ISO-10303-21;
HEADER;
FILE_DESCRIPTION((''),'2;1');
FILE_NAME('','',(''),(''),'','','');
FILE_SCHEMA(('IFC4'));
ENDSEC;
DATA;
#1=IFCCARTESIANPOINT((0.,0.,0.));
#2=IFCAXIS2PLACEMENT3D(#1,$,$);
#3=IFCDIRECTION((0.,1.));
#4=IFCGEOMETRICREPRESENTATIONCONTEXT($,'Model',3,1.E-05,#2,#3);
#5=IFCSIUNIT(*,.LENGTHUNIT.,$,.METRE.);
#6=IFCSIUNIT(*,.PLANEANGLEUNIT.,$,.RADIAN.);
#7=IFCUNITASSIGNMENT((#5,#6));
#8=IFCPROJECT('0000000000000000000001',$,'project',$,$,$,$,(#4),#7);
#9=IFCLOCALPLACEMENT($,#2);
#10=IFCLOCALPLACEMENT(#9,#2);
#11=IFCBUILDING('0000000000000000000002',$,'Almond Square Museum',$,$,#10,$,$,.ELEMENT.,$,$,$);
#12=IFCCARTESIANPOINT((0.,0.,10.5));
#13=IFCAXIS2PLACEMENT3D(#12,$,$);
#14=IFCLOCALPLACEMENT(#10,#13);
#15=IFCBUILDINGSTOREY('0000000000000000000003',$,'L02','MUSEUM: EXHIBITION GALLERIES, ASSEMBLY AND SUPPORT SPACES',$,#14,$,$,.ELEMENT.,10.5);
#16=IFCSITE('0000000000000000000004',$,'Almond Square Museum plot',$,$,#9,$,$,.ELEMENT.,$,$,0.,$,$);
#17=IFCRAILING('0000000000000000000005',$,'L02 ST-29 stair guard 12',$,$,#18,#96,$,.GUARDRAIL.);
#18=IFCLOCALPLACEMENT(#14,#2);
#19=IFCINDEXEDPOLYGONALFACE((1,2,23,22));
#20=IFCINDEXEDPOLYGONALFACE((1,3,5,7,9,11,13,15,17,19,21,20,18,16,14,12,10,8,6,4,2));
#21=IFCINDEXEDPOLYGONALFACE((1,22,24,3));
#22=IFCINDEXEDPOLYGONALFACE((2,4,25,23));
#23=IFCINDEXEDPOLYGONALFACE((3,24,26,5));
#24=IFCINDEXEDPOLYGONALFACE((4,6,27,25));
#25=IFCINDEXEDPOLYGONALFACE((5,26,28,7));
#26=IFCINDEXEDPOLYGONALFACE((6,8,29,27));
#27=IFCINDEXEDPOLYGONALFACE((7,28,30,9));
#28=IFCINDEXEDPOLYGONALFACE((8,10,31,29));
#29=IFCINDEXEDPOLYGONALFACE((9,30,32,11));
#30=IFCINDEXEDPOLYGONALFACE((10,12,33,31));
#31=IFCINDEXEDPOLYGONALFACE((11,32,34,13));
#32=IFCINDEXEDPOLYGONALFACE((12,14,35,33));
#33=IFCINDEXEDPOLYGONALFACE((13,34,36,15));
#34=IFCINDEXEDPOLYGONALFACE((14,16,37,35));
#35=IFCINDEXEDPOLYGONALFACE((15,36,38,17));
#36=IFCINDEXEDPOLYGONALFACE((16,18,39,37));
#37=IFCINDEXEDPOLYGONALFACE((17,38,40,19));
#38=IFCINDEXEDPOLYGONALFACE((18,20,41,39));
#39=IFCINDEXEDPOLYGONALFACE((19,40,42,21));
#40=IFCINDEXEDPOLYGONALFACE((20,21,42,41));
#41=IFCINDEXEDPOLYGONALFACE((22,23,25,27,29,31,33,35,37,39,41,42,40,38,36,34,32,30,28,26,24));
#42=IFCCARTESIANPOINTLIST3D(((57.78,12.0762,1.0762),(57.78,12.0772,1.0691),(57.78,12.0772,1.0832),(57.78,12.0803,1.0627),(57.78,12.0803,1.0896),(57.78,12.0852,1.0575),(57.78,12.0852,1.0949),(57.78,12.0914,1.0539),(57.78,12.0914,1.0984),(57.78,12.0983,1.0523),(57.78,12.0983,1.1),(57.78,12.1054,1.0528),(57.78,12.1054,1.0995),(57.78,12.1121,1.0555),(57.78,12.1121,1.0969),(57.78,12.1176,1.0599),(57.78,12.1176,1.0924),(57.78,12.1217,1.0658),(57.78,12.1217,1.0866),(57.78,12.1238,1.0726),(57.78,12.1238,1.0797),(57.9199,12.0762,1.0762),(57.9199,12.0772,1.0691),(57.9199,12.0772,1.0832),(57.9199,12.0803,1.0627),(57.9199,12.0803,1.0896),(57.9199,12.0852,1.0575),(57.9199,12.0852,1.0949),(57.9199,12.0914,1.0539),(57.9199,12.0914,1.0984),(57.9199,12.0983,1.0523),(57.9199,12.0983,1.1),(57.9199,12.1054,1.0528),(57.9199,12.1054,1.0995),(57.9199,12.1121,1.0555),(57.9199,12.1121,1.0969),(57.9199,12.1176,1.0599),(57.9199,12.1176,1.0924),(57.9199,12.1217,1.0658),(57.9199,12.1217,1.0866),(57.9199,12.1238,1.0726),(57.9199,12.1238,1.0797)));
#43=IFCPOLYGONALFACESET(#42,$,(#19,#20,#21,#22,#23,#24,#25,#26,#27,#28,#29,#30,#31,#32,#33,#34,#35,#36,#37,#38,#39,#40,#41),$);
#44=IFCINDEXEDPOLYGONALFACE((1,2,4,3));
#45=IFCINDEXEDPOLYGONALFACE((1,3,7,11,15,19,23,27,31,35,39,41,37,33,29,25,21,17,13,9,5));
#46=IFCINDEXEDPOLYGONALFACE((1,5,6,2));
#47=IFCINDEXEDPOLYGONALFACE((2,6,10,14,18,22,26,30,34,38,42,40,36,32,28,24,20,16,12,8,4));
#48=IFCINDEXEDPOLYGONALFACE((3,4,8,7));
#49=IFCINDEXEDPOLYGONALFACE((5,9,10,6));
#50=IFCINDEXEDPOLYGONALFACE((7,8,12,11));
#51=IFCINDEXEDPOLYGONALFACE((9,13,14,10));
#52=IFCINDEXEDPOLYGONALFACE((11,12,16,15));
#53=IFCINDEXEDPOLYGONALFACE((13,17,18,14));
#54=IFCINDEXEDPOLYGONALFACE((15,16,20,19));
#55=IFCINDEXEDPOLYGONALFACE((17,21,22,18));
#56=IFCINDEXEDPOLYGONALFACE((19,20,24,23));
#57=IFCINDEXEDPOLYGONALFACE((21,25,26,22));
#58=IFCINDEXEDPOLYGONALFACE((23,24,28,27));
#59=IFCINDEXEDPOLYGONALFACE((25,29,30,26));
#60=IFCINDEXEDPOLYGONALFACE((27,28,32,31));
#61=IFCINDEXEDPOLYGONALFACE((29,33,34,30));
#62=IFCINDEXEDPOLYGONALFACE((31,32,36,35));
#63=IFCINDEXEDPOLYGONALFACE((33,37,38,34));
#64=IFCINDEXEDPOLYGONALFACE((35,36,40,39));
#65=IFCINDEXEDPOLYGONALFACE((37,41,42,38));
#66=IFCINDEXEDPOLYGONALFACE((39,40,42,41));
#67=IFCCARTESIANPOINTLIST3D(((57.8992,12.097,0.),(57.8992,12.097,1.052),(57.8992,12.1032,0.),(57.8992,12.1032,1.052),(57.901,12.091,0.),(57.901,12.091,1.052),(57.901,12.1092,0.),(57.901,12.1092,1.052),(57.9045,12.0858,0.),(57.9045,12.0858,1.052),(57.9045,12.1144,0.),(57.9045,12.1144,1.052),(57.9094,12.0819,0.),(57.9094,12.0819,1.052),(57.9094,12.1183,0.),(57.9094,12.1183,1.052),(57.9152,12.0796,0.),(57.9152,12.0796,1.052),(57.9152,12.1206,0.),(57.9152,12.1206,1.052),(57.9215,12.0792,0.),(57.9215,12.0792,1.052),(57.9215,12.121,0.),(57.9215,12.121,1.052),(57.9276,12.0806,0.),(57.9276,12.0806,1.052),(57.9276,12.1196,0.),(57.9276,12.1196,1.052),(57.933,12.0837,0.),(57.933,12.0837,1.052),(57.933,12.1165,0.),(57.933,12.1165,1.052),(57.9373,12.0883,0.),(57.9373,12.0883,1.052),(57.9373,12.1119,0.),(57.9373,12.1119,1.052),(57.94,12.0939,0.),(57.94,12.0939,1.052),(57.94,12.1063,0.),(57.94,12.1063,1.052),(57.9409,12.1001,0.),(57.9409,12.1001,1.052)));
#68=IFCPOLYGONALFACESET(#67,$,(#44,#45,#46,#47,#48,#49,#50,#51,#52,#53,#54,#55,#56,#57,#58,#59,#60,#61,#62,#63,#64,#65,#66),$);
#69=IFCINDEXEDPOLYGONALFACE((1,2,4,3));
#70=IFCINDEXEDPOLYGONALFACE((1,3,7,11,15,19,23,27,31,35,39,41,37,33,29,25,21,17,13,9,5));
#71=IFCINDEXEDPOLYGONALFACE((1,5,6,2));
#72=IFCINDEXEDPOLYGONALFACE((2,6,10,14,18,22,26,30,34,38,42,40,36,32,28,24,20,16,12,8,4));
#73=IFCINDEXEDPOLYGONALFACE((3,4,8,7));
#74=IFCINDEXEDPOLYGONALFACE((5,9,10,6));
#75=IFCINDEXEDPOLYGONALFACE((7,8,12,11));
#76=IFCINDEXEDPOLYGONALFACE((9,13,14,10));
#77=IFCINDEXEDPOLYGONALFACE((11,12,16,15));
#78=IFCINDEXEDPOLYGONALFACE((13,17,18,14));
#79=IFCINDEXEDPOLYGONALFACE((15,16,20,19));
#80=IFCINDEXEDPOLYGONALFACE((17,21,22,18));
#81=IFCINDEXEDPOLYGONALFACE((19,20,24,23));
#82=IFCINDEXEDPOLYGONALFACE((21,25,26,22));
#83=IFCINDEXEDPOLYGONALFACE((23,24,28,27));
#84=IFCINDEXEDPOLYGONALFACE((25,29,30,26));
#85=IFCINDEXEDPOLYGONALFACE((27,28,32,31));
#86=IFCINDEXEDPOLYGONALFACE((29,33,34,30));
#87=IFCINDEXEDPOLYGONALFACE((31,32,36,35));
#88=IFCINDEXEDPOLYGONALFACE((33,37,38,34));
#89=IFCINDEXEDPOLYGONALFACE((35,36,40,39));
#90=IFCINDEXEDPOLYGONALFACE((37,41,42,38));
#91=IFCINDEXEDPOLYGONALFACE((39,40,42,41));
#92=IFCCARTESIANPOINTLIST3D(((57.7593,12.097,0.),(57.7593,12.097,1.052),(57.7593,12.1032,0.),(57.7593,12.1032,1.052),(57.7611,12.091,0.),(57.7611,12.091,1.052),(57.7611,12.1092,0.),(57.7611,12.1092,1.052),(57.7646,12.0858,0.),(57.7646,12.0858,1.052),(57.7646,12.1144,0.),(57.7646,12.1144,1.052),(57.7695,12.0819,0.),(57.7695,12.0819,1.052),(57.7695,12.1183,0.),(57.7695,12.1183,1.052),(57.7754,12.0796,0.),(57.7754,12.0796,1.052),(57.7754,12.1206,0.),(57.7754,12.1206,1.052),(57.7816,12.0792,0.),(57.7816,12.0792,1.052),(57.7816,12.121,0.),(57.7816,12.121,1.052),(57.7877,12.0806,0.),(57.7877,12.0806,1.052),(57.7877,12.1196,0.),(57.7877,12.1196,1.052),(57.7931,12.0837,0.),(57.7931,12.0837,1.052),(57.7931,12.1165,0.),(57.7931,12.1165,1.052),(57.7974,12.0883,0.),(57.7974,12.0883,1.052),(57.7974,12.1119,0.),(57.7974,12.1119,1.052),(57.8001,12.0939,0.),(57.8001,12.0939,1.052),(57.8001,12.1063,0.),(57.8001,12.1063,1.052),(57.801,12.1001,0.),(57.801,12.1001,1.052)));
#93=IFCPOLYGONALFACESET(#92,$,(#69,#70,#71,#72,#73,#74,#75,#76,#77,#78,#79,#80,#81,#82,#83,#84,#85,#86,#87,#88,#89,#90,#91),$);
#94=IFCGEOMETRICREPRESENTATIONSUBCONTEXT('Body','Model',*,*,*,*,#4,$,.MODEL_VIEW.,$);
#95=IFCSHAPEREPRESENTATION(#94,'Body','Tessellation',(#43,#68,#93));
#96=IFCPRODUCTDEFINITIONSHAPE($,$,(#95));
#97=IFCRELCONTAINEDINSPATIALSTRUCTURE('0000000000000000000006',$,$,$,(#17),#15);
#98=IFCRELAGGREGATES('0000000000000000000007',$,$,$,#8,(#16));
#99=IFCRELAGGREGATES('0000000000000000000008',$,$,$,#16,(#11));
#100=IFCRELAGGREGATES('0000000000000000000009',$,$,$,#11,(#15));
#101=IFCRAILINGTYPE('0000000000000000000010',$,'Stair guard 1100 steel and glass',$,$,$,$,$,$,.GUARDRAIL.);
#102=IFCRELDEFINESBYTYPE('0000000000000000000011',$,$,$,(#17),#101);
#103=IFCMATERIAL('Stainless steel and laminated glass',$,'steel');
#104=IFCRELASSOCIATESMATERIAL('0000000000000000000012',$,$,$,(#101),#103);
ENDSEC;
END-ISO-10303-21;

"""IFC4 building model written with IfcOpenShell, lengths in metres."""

from ifc_helpers import new_model, si_unit, direction, frame, origin, origin_2d, place, context, subcontext, project, spatial, circle, extrude, material, type_object, element, save


model = new_model("IFC4")

# Units and contexts
model_context = context("Model", 3, precision=1e-05, world=origin(), true_north=direction((0.0, 1.0)))
body_context = subcontext(model_context, "Body", "Model", "MODEL_VIEW")
ifc_project = project(units=[si_unit("LENGTHUNIT", "METRE"), si_unit("PLANEANGLEUNIT", "RADIAN")], contexts=[model_context])

# Site, building, storey
site_placement = place(None, origin())
site = spatial("IfcSite", under=ifc_project, at=site_placement, Name="Almond Square Museum plot", CompositionType="ELEMENT", RefElevation=0.0)
building_placement = place(site_placement, origin())
building = spatial("IfcBuilding", under=site, at=building_placement, Name="Almond Square Museum", CompositionType="ELEMENT")
storey_placement = place(building_placement, frame((0.0, 0.0, 10.5)))
storey = spatial("IfcBuildingStorey", under=building, at=storey_placement, Name="L02", Description="MUSEUM: EXHIBITION GALLERIES, ASSEMBLY AND SUPPORT SPACES", CompositionType="ELEMENT", Elevation=10.5)

# Railing
ifc_material_1 = material(Name="Stainless steel and laminated glass", Category="steel")
railing_type_1 = type_object("IfcRailingType", Name="Stair guard 1100 steel and glass", PredefinedType="GUARDRAIL", material=ifc_material_1)
railing_1_placement = place(storey_placement, frame((57.9199, 12.1001, 0.0)))
element("IfcRailing", 1, at=railing_1_placement, inside=storey, type_object=railing_type_1, Name="L02 ST-29 stair guard 12", PredefinedType="GUARDRAIL", context=body_context, shape_type="SweptSolid", body=[
    extrude(circle(Radius=0.0239, at=origin_2d()), frame((0.0, 0.0, 1.0762), z_axis=(-1.0, 0.0, 0.0), x_axis=(0.0, -1.0, 0.0)), (0.0, 0.0, 1.0), 0.1399),
    extrude(circle(Radius=0.021, at=origin_2d()), origin(), (0.0, 0.0, 1.0), 1.052),
    extrude(circle(Radius=0.021, at=origin_2d()), frame((-0.1399, 0.0, 0.0)), (0.0, 0.0, 1.0), 1.052),
])

save(model, "model.ifc")
